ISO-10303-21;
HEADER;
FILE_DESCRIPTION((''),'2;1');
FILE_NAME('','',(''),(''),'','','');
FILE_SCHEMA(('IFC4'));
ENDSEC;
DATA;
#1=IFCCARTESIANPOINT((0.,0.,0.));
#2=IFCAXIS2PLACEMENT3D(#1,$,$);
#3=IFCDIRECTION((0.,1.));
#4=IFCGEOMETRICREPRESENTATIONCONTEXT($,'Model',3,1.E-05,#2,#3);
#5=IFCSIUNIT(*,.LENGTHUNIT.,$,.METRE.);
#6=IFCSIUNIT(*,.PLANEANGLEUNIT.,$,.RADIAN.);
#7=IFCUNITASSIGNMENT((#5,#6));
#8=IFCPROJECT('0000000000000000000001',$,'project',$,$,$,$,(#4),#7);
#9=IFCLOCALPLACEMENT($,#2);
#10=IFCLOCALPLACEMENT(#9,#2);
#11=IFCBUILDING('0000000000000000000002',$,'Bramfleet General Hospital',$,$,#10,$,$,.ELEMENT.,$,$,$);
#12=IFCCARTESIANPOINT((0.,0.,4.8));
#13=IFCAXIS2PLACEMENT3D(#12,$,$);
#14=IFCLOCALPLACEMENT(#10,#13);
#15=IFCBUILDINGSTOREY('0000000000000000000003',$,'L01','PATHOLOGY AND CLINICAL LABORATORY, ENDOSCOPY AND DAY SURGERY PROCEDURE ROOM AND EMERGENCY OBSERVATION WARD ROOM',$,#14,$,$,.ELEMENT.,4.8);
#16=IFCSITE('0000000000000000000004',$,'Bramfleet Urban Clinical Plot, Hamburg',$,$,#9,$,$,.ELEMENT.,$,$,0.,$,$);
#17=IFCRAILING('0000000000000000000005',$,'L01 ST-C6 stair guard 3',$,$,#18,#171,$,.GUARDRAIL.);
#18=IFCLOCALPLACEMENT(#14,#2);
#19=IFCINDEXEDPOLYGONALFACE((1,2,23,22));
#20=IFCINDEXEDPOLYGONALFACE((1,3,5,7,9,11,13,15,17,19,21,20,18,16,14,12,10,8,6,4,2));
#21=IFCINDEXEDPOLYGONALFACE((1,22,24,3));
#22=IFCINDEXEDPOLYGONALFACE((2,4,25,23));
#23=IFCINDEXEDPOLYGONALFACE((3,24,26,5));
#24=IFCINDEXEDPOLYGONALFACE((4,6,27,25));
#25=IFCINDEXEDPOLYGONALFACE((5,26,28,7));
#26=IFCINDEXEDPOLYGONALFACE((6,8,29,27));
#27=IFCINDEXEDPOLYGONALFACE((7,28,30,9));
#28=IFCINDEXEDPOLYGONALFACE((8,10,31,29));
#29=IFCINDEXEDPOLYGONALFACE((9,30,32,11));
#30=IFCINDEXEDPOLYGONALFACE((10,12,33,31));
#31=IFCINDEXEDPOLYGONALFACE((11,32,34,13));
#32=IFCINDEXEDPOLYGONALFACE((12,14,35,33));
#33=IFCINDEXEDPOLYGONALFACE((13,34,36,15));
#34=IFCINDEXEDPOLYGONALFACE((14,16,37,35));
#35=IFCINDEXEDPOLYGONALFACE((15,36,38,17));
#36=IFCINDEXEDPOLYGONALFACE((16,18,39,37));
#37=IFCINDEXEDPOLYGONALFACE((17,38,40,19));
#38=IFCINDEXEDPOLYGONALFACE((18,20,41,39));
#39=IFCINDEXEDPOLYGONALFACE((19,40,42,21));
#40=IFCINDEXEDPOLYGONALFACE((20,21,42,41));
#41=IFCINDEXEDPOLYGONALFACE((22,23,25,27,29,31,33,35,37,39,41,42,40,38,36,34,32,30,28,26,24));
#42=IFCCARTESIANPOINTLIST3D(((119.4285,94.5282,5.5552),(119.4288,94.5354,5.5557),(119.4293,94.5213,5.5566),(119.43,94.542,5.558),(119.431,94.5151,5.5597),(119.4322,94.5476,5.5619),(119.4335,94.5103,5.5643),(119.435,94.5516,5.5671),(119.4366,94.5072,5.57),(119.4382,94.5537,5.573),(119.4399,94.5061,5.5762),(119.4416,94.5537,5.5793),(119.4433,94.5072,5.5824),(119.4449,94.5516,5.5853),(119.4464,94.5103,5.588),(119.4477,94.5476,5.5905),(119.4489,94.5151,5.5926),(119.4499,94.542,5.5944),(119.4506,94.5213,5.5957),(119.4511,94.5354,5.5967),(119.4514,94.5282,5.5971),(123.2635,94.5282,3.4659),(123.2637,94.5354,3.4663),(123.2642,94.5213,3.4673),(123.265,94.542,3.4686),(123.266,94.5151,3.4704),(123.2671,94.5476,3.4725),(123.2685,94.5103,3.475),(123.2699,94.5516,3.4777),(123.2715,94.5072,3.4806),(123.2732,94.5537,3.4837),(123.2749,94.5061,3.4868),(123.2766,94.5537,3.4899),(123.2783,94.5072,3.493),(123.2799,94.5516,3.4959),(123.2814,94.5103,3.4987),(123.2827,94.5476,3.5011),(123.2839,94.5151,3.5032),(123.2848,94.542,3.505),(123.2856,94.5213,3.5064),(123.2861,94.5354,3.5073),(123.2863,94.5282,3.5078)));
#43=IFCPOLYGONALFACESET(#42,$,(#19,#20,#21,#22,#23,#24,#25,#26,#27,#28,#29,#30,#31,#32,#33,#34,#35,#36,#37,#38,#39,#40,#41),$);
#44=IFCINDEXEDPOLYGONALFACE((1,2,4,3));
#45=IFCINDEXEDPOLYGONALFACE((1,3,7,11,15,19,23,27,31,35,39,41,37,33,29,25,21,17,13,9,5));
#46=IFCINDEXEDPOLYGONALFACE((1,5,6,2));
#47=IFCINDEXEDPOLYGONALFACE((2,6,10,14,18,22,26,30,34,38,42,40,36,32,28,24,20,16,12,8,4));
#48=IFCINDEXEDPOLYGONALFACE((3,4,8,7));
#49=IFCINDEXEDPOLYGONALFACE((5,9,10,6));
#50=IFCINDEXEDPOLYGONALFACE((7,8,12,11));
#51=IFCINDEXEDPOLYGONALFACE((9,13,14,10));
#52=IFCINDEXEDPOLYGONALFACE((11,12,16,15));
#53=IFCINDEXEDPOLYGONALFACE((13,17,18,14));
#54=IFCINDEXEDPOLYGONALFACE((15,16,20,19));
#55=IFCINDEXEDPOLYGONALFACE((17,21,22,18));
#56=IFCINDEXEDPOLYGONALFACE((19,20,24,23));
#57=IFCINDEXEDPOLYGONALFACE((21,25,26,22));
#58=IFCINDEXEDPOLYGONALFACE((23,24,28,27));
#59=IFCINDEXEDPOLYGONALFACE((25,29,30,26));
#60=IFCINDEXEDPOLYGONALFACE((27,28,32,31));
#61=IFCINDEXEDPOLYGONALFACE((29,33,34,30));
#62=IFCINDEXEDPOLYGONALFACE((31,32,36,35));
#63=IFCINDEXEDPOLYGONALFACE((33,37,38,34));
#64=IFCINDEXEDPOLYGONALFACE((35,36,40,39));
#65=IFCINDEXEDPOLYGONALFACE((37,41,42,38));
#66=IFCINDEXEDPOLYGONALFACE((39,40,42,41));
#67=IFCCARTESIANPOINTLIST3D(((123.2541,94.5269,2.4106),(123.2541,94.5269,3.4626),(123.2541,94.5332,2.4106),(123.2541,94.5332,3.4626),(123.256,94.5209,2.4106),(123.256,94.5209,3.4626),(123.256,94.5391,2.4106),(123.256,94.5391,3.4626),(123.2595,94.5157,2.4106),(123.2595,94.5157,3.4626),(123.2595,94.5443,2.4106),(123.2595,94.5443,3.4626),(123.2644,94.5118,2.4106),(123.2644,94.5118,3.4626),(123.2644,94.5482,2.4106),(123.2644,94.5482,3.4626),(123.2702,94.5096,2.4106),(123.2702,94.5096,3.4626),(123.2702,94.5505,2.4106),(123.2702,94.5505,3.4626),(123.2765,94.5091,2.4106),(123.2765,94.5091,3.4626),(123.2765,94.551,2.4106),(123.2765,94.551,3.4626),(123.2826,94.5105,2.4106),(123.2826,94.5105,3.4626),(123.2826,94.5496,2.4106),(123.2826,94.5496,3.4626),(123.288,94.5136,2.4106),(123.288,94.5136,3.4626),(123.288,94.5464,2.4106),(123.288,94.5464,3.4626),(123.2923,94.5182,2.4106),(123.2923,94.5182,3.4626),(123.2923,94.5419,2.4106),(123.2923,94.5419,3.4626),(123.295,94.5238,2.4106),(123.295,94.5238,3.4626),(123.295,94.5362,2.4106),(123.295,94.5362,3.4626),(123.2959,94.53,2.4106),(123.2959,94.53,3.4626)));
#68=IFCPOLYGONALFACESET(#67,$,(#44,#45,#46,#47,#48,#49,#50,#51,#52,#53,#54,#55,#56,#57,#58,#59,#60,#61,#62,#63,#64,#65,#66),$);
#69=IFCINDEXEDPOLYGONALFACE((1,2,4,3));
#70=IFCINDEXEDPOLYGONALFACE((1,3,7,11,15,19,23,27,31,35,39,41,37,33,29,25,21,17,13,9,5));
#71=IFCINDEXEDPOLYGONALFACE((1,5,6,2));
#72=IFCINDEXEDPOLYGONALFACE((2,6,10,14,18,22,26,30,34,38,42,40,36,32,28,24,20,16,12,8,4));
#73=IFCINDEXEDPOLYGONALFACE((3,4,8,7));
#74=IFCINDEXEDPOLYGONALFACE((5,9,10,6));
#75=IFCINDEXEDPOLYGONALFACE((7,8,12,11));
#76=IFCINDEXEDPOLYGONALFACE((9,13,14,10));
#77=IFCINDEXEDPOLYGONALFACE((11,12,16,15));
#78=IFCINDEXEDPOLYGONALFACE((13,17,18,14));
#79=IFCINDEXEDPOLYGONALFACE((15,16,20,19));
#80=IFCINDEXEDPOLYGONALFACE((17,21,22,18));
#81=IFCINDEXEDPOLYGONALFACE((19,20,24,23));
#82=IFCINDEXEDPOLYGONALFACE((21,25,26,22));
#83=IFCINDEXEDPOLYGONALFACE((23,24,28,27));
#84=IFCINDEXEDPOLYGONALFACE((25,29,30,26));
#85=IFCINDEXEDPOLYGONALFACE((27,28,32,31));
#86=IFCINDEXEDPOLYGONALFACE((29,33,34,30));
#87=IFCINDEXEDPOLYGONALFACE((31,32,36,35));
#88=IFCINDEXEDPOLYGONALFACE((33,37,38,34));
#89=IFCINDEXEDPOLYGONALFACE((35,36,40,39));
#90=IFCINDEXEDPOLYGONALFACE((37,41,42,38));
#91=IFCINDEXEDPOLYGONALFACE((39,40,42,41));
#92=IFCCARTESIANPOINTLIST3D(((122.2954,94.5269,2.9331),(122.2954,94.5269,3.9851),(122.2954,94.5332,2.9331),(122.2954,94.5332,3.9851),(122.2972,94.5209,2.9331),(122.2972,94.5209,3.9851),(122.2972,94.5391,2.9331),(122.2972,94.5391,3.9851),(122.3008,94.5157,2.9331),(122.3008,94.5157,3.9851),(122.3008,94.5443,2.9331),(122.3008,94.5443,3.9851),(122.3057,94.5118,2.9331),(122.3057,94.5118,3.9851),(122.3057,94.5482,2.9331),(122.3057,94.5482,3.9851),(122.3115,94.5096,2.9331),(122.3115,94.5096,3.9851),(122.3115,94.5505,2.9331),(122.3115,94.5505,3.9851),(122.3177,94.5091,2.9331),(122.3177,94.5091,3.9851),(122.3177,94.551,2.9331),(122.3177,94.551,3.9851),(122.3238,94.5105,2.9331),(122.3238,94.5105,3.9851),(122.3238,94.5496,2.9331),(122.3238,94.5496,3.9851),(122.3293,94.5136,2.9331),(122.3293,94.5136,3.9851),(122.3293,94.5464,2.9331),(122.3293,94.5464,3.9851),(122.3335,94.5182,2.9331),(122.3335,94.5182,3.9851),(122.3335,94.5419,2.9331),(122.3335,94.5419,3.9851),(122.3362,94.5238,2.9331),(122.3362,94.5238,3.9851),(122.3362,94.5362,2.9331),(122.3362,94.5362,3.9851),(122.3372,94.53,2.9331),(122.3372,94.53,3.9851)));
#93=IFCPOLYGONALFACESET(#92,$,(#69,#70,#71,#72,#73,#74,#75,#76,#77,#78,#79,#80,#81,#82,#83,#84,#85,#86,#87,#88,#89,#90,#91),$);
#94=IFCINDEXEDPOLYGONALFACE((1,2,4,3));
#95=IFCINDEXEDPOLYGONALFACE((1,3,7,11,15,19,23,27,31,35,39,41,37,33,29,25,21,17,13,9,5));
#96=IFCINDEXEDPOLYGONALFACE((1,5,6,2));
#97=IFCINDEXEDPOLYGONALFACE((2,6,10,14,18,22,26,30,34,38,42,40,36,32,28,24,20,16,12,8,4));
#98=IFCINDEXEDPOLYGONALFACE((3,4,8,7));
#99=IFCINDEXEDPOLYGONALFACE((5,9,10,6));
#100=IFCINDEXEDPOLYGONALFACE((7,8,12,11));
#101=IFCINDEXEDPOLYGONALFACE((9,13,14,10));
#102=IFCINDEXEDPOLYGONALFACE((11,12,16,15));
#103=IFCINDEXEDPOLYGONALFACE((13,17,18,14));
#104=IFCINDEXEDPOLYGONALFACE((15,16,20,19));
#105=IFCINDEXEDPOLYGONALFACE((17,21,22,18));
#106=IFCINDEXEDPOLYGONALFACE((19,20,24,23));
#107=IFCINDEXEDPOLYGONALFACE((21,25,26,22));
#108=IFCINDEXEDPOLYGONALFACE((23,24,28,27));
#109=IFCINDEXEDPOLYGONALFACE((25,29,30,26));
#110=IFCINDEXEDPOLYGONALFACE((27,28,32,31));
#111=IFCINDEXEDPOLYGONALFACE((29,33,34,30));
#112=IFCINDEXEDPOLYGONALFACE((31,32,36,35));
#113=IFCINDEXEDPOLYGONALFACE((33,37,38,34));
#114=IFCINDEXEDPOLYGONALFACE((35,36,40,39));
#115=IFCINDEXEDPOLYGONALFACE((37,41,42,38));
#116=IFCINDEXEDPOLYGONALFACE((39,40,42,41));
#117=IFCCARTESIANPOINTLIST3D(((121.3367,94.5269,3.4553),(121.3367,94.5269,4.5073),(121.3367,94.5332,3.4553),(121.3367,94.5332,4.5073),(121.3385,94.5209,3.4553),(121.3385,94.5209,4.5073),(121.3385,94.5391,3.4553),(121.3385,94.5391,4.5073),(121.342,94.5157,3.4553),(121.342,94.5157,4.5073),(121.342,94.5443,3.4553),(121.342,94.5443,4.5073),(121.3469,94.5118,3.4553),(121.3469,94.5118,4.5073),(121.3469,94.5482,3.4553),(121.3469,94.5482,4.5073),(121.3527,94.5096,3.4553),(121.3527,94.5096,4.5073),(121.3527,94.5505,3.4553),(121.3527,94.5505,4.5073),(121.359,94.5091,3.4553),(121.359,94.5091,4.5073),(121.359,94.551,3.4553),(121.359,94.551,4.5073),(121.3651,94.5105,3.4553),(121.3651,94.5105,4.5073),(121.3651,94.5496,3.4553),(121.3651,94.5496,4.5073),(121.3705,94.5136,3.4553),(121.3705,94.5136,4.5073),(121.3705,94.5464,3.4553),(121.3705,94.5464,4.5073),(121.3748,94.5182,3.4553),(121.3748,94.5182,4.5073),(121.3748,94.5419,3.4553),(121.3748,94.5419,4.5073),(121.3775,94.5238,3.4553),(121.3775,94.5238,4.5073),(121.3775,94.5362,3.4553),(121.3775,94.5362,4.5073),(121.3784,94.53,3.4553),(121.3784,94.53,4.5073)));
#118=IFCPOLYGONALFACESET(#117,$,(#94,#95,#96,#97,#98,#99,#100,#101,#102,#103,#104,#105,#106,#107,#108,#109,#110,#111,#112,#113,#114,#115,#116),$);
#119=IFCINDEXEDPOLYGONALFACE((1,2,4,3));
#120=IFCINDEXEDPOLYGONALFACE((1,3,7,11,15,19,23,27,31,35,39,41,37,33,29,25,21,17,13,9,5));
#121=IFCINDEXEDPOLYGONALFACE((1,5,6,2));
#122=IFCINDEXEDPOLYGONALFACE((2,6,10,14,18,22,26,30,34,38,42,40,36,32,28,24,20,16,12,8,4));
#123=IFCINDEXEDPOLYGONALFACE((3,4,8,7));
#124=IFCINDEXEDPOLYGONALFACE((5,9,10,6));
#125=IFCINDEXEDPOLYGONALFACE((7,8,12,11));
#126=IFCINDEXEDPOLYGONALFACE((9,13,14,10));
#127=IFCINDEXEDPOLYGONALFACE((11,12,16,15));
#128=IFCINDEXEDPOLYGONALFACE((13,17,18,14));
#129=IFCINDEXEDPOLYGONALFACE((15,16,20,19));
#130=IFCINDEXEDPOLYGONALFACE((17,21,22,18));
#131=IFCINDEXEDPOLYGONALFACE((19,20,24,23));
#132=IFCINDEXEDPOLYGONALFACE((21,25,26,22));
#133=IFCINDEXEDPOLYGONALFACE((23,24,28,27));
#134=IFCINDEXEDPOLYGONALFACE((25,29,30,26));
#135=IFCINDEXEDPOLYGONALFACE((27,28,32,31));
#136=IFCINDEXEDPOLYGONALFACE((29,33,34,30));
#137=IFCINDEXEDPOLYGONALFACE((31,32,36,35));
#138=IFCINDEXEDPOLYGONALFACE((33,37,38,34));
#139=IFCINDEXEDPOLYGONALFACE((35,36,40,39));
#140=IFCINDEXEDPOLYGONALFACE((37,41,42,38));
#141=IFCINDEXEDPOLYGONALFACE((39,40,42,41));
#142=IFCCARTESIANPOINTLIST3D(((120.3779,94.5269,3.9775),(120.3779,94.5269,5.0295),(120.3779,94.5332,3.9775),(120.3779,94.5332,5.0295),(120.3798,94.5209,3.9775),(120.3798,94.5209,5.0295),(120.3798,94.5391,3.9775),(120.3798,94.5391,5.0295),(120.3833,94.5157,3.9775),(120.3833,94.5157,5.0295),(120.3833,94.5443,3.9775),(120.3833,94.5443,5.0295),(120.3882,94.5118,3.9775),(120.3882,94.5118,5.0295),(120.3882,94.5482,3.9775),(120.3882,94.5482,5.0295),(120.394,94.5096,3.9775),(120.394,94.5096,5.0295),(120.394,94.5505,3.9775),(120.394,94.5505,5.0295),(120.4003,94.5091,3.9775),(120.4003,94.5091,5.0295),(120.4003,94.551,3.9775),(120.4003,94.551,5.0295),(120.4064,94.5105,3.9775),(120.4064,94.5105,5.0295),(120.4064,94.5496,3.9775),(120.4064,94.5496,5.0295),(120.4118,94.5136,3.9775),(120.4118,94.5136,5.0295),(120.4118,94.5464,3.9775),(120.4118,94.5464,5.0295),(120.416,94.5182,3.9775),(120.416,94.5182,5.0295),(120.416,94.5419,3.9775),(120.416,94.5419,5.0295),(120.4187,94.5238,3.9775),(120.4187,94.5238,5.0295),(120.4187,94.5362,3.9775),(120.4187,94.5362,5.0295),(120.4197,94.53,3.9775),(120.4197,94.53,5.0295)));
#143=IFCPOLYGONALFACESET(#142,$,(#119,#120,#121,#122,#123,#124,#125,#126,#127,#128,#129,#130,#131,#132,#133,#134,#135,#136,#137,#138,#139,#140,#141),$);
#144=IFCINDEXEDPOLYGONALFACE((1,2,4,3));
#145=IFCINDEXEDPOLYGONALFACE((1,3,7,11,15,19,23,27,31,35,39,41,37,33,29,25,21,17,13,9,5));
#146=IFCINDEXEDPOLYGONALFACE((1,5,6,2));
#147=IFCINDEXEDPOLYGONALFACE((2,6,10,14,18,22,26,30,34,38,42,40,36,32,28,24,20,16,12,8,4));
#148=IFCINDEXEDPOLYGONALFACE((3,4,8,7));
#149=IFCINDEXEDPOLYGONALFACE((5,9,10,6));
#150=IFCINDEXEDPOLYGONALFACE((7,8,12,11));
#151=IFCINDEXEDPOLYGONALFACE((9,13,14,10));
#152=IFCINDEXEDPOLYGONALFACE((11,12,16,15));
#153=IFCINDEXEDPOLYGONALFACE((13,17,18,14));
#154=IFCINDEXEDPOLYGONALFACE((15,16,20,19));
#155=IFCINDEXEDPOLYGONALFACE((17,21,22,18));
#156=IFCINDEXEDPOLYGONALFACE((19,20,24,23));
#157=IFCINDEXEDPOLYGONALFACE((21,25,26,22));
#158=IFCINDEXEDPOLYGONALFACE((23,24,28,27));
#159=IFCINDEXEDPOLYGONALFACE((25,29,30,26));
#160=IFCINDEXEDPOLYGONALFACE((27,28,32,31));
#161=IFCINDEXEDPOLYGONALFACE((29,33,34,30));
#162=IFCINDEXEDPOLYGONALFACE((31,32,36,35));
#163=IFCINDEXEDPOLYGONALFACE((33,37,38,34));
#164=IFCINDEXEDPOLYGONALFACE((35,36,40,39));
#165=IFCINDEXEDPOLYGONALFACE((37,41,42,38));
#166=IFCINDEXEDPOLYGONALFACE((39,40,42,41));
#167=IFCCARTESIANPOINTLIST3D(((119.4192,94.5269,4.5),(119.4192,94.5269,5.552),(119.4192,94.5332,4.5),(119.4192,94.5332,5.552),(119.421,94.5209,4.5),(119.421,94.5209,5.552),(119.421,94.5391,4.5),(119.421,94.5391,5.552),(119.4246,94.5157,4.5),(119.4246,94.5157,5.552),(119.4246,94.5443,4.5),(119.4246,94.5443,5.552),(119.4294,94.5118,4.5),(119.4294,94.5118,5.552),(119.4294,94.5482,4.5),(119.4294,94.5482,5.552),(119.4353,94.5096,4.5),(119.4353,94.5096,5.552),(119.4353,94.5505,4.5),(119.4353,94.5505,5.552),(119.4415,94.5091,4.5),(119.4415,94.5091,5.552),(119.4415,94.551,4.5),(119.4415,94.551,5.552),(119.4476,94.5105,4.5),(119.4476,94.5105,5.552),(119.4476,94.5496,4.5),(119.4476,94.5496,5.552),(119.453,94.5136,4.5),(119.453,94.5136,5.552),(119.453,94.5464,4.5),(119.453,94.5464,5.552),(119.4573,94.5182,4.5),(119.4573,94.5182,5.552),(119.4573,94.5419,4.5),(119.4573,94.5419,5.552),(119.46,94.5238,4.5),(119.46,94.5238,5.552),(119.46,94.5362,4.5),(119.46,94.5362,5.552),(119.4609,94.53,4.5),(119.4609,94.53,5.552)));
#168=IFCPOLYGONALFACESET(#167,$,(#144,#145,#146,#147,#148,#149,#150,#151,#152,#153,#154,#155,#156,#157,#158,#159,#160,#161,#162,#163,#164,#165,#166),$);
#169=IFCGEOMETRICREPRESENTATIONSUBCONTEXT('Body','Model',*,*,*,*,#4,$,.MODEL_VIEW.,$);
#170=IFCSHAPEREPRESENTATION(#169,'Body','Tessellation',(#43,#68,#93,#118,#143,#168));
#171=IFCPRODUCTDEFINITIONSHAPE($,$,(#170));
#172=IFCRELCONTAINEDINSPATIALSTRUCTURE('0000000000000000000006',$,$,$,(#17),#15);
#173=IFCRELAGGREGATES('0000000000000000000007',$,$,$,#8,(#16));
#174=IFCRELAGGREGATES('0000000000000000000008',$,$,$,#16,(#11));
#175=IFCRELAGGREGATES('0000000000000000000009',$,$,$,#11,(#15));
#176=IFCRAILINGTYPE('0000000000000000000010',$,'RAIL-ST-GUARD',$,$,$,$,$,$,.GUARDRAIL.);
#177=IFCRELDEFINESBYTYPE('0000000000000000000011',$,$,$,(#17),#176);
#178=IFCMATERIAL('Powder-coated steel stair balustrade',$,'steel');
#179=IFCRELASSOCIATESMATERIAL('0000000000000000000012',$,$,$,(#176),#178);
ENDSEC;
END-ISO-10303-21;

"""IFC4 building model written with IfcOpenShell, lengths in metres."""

from ifc_helpers import new_model, si_unit, direction, frame, origin, origin_2d, place, context, subcontext, project, spatial, circle, extrude, material, type_object, element, save


model = new_model("IFC4")

# Units and contexts
model_context = context("Model", 3, precision=1e-05, world=origin(), true_north=direction((0.0, 1.0)))
body_context = subcontext(model_context, "Body", "Model", "MODEL_VIEW")
ifc_project = project(units=[si_unit("LENGTHUNIT", "METRE"), si_unit("PLANEANGLEUNIT", "RADIAN")], contexts=[model_context])

# Site, building, storey
site_placement = place(None, origin())
site = spatial("IfcSite", under=ifc_project, at=site_placement, Name="Bramfleet Urban Clinical Plot, Hamburg", CompositionType="ELEMENT", RefElevation=0.0)
building_placement = place(site_placement, origin())
building = spatial("IfcBuilding", under=site, at=building_placement, Name="Bramfleet General Hospital", CompositionType="ELEMENT")
storey_placement = place(building_placement, frame((0.0, 0.0, 4.8)))
storey = spatial("IfcBuildingStorey", under=building, at=storey_placement, Name="L01", Description="PATHOLOGY AND CLINICAL LABORATORY, ENDOSCOPY AND DAY SURGERY PROCEDURE ROOM AND EMERGENCY OBSERVATION WARD ROOM", CompositionType="ELEMENT", Elevation=4.8)

# Railing
ifc_material_1 = material(Name="Powder-coated steel stair balustrade", Category="steel")
railing_type_1 = type_object("IfcRailingType", Name="RAIL-ST-GUARD", PredefinedType="GUARDRAIL", material=ifc_material_1)
railing_1_placement = place(storey_placement, frame((123.2749, 94.53, 2.4106)))
element("IfcRailing", 1, at=railing_1_placement, inside=storey, type_object=railing_type_1, Name="L01 ST-C6 stair guard 3", PredefinedType="GUARDRAIL", context=body_context, shape_type="SweptSolid", body=[
    extrude(circle(Radius=0.0239, at=origin_2d()), frame((0.0, 0.0, 1.0762), z_axis=(-0.87813, 0.0, 0.478421), x_axis=(0.0, -1.0, 0.0)), (0.0, 0.0, 1.0), 4.3672),
    extrude(circle(Radius=0.021, at=origin_2d()), origin(), (0.0, 0.0, 1.0), 1.052),
    extrude(circle(Radius=0.021, at=origin_2d()), frame((-0.9587, 0.0, 0.5225)), (0.0, 0.0, 1.0), 1.052),
    extrude(circle(Radius=0.021, at=origin_2d()), frame((-1.9175, 0.0, 1.0447)), (0.0, 0.0, 1.0), 1.052),
    extrude(circle(Radius=0.021, at=origin_2d()), frame((-2.8762, 0.0, 1.5669)), (0.0, 0.0, 1.0), 1.052),
    extrude(circle(Radius=0.021, at=origin_2d()), frame((-3.835, 0.0, 2.0894)), (0.0, 0.0, 1.0), 1.052),
])

save(model, "model.ifc")
